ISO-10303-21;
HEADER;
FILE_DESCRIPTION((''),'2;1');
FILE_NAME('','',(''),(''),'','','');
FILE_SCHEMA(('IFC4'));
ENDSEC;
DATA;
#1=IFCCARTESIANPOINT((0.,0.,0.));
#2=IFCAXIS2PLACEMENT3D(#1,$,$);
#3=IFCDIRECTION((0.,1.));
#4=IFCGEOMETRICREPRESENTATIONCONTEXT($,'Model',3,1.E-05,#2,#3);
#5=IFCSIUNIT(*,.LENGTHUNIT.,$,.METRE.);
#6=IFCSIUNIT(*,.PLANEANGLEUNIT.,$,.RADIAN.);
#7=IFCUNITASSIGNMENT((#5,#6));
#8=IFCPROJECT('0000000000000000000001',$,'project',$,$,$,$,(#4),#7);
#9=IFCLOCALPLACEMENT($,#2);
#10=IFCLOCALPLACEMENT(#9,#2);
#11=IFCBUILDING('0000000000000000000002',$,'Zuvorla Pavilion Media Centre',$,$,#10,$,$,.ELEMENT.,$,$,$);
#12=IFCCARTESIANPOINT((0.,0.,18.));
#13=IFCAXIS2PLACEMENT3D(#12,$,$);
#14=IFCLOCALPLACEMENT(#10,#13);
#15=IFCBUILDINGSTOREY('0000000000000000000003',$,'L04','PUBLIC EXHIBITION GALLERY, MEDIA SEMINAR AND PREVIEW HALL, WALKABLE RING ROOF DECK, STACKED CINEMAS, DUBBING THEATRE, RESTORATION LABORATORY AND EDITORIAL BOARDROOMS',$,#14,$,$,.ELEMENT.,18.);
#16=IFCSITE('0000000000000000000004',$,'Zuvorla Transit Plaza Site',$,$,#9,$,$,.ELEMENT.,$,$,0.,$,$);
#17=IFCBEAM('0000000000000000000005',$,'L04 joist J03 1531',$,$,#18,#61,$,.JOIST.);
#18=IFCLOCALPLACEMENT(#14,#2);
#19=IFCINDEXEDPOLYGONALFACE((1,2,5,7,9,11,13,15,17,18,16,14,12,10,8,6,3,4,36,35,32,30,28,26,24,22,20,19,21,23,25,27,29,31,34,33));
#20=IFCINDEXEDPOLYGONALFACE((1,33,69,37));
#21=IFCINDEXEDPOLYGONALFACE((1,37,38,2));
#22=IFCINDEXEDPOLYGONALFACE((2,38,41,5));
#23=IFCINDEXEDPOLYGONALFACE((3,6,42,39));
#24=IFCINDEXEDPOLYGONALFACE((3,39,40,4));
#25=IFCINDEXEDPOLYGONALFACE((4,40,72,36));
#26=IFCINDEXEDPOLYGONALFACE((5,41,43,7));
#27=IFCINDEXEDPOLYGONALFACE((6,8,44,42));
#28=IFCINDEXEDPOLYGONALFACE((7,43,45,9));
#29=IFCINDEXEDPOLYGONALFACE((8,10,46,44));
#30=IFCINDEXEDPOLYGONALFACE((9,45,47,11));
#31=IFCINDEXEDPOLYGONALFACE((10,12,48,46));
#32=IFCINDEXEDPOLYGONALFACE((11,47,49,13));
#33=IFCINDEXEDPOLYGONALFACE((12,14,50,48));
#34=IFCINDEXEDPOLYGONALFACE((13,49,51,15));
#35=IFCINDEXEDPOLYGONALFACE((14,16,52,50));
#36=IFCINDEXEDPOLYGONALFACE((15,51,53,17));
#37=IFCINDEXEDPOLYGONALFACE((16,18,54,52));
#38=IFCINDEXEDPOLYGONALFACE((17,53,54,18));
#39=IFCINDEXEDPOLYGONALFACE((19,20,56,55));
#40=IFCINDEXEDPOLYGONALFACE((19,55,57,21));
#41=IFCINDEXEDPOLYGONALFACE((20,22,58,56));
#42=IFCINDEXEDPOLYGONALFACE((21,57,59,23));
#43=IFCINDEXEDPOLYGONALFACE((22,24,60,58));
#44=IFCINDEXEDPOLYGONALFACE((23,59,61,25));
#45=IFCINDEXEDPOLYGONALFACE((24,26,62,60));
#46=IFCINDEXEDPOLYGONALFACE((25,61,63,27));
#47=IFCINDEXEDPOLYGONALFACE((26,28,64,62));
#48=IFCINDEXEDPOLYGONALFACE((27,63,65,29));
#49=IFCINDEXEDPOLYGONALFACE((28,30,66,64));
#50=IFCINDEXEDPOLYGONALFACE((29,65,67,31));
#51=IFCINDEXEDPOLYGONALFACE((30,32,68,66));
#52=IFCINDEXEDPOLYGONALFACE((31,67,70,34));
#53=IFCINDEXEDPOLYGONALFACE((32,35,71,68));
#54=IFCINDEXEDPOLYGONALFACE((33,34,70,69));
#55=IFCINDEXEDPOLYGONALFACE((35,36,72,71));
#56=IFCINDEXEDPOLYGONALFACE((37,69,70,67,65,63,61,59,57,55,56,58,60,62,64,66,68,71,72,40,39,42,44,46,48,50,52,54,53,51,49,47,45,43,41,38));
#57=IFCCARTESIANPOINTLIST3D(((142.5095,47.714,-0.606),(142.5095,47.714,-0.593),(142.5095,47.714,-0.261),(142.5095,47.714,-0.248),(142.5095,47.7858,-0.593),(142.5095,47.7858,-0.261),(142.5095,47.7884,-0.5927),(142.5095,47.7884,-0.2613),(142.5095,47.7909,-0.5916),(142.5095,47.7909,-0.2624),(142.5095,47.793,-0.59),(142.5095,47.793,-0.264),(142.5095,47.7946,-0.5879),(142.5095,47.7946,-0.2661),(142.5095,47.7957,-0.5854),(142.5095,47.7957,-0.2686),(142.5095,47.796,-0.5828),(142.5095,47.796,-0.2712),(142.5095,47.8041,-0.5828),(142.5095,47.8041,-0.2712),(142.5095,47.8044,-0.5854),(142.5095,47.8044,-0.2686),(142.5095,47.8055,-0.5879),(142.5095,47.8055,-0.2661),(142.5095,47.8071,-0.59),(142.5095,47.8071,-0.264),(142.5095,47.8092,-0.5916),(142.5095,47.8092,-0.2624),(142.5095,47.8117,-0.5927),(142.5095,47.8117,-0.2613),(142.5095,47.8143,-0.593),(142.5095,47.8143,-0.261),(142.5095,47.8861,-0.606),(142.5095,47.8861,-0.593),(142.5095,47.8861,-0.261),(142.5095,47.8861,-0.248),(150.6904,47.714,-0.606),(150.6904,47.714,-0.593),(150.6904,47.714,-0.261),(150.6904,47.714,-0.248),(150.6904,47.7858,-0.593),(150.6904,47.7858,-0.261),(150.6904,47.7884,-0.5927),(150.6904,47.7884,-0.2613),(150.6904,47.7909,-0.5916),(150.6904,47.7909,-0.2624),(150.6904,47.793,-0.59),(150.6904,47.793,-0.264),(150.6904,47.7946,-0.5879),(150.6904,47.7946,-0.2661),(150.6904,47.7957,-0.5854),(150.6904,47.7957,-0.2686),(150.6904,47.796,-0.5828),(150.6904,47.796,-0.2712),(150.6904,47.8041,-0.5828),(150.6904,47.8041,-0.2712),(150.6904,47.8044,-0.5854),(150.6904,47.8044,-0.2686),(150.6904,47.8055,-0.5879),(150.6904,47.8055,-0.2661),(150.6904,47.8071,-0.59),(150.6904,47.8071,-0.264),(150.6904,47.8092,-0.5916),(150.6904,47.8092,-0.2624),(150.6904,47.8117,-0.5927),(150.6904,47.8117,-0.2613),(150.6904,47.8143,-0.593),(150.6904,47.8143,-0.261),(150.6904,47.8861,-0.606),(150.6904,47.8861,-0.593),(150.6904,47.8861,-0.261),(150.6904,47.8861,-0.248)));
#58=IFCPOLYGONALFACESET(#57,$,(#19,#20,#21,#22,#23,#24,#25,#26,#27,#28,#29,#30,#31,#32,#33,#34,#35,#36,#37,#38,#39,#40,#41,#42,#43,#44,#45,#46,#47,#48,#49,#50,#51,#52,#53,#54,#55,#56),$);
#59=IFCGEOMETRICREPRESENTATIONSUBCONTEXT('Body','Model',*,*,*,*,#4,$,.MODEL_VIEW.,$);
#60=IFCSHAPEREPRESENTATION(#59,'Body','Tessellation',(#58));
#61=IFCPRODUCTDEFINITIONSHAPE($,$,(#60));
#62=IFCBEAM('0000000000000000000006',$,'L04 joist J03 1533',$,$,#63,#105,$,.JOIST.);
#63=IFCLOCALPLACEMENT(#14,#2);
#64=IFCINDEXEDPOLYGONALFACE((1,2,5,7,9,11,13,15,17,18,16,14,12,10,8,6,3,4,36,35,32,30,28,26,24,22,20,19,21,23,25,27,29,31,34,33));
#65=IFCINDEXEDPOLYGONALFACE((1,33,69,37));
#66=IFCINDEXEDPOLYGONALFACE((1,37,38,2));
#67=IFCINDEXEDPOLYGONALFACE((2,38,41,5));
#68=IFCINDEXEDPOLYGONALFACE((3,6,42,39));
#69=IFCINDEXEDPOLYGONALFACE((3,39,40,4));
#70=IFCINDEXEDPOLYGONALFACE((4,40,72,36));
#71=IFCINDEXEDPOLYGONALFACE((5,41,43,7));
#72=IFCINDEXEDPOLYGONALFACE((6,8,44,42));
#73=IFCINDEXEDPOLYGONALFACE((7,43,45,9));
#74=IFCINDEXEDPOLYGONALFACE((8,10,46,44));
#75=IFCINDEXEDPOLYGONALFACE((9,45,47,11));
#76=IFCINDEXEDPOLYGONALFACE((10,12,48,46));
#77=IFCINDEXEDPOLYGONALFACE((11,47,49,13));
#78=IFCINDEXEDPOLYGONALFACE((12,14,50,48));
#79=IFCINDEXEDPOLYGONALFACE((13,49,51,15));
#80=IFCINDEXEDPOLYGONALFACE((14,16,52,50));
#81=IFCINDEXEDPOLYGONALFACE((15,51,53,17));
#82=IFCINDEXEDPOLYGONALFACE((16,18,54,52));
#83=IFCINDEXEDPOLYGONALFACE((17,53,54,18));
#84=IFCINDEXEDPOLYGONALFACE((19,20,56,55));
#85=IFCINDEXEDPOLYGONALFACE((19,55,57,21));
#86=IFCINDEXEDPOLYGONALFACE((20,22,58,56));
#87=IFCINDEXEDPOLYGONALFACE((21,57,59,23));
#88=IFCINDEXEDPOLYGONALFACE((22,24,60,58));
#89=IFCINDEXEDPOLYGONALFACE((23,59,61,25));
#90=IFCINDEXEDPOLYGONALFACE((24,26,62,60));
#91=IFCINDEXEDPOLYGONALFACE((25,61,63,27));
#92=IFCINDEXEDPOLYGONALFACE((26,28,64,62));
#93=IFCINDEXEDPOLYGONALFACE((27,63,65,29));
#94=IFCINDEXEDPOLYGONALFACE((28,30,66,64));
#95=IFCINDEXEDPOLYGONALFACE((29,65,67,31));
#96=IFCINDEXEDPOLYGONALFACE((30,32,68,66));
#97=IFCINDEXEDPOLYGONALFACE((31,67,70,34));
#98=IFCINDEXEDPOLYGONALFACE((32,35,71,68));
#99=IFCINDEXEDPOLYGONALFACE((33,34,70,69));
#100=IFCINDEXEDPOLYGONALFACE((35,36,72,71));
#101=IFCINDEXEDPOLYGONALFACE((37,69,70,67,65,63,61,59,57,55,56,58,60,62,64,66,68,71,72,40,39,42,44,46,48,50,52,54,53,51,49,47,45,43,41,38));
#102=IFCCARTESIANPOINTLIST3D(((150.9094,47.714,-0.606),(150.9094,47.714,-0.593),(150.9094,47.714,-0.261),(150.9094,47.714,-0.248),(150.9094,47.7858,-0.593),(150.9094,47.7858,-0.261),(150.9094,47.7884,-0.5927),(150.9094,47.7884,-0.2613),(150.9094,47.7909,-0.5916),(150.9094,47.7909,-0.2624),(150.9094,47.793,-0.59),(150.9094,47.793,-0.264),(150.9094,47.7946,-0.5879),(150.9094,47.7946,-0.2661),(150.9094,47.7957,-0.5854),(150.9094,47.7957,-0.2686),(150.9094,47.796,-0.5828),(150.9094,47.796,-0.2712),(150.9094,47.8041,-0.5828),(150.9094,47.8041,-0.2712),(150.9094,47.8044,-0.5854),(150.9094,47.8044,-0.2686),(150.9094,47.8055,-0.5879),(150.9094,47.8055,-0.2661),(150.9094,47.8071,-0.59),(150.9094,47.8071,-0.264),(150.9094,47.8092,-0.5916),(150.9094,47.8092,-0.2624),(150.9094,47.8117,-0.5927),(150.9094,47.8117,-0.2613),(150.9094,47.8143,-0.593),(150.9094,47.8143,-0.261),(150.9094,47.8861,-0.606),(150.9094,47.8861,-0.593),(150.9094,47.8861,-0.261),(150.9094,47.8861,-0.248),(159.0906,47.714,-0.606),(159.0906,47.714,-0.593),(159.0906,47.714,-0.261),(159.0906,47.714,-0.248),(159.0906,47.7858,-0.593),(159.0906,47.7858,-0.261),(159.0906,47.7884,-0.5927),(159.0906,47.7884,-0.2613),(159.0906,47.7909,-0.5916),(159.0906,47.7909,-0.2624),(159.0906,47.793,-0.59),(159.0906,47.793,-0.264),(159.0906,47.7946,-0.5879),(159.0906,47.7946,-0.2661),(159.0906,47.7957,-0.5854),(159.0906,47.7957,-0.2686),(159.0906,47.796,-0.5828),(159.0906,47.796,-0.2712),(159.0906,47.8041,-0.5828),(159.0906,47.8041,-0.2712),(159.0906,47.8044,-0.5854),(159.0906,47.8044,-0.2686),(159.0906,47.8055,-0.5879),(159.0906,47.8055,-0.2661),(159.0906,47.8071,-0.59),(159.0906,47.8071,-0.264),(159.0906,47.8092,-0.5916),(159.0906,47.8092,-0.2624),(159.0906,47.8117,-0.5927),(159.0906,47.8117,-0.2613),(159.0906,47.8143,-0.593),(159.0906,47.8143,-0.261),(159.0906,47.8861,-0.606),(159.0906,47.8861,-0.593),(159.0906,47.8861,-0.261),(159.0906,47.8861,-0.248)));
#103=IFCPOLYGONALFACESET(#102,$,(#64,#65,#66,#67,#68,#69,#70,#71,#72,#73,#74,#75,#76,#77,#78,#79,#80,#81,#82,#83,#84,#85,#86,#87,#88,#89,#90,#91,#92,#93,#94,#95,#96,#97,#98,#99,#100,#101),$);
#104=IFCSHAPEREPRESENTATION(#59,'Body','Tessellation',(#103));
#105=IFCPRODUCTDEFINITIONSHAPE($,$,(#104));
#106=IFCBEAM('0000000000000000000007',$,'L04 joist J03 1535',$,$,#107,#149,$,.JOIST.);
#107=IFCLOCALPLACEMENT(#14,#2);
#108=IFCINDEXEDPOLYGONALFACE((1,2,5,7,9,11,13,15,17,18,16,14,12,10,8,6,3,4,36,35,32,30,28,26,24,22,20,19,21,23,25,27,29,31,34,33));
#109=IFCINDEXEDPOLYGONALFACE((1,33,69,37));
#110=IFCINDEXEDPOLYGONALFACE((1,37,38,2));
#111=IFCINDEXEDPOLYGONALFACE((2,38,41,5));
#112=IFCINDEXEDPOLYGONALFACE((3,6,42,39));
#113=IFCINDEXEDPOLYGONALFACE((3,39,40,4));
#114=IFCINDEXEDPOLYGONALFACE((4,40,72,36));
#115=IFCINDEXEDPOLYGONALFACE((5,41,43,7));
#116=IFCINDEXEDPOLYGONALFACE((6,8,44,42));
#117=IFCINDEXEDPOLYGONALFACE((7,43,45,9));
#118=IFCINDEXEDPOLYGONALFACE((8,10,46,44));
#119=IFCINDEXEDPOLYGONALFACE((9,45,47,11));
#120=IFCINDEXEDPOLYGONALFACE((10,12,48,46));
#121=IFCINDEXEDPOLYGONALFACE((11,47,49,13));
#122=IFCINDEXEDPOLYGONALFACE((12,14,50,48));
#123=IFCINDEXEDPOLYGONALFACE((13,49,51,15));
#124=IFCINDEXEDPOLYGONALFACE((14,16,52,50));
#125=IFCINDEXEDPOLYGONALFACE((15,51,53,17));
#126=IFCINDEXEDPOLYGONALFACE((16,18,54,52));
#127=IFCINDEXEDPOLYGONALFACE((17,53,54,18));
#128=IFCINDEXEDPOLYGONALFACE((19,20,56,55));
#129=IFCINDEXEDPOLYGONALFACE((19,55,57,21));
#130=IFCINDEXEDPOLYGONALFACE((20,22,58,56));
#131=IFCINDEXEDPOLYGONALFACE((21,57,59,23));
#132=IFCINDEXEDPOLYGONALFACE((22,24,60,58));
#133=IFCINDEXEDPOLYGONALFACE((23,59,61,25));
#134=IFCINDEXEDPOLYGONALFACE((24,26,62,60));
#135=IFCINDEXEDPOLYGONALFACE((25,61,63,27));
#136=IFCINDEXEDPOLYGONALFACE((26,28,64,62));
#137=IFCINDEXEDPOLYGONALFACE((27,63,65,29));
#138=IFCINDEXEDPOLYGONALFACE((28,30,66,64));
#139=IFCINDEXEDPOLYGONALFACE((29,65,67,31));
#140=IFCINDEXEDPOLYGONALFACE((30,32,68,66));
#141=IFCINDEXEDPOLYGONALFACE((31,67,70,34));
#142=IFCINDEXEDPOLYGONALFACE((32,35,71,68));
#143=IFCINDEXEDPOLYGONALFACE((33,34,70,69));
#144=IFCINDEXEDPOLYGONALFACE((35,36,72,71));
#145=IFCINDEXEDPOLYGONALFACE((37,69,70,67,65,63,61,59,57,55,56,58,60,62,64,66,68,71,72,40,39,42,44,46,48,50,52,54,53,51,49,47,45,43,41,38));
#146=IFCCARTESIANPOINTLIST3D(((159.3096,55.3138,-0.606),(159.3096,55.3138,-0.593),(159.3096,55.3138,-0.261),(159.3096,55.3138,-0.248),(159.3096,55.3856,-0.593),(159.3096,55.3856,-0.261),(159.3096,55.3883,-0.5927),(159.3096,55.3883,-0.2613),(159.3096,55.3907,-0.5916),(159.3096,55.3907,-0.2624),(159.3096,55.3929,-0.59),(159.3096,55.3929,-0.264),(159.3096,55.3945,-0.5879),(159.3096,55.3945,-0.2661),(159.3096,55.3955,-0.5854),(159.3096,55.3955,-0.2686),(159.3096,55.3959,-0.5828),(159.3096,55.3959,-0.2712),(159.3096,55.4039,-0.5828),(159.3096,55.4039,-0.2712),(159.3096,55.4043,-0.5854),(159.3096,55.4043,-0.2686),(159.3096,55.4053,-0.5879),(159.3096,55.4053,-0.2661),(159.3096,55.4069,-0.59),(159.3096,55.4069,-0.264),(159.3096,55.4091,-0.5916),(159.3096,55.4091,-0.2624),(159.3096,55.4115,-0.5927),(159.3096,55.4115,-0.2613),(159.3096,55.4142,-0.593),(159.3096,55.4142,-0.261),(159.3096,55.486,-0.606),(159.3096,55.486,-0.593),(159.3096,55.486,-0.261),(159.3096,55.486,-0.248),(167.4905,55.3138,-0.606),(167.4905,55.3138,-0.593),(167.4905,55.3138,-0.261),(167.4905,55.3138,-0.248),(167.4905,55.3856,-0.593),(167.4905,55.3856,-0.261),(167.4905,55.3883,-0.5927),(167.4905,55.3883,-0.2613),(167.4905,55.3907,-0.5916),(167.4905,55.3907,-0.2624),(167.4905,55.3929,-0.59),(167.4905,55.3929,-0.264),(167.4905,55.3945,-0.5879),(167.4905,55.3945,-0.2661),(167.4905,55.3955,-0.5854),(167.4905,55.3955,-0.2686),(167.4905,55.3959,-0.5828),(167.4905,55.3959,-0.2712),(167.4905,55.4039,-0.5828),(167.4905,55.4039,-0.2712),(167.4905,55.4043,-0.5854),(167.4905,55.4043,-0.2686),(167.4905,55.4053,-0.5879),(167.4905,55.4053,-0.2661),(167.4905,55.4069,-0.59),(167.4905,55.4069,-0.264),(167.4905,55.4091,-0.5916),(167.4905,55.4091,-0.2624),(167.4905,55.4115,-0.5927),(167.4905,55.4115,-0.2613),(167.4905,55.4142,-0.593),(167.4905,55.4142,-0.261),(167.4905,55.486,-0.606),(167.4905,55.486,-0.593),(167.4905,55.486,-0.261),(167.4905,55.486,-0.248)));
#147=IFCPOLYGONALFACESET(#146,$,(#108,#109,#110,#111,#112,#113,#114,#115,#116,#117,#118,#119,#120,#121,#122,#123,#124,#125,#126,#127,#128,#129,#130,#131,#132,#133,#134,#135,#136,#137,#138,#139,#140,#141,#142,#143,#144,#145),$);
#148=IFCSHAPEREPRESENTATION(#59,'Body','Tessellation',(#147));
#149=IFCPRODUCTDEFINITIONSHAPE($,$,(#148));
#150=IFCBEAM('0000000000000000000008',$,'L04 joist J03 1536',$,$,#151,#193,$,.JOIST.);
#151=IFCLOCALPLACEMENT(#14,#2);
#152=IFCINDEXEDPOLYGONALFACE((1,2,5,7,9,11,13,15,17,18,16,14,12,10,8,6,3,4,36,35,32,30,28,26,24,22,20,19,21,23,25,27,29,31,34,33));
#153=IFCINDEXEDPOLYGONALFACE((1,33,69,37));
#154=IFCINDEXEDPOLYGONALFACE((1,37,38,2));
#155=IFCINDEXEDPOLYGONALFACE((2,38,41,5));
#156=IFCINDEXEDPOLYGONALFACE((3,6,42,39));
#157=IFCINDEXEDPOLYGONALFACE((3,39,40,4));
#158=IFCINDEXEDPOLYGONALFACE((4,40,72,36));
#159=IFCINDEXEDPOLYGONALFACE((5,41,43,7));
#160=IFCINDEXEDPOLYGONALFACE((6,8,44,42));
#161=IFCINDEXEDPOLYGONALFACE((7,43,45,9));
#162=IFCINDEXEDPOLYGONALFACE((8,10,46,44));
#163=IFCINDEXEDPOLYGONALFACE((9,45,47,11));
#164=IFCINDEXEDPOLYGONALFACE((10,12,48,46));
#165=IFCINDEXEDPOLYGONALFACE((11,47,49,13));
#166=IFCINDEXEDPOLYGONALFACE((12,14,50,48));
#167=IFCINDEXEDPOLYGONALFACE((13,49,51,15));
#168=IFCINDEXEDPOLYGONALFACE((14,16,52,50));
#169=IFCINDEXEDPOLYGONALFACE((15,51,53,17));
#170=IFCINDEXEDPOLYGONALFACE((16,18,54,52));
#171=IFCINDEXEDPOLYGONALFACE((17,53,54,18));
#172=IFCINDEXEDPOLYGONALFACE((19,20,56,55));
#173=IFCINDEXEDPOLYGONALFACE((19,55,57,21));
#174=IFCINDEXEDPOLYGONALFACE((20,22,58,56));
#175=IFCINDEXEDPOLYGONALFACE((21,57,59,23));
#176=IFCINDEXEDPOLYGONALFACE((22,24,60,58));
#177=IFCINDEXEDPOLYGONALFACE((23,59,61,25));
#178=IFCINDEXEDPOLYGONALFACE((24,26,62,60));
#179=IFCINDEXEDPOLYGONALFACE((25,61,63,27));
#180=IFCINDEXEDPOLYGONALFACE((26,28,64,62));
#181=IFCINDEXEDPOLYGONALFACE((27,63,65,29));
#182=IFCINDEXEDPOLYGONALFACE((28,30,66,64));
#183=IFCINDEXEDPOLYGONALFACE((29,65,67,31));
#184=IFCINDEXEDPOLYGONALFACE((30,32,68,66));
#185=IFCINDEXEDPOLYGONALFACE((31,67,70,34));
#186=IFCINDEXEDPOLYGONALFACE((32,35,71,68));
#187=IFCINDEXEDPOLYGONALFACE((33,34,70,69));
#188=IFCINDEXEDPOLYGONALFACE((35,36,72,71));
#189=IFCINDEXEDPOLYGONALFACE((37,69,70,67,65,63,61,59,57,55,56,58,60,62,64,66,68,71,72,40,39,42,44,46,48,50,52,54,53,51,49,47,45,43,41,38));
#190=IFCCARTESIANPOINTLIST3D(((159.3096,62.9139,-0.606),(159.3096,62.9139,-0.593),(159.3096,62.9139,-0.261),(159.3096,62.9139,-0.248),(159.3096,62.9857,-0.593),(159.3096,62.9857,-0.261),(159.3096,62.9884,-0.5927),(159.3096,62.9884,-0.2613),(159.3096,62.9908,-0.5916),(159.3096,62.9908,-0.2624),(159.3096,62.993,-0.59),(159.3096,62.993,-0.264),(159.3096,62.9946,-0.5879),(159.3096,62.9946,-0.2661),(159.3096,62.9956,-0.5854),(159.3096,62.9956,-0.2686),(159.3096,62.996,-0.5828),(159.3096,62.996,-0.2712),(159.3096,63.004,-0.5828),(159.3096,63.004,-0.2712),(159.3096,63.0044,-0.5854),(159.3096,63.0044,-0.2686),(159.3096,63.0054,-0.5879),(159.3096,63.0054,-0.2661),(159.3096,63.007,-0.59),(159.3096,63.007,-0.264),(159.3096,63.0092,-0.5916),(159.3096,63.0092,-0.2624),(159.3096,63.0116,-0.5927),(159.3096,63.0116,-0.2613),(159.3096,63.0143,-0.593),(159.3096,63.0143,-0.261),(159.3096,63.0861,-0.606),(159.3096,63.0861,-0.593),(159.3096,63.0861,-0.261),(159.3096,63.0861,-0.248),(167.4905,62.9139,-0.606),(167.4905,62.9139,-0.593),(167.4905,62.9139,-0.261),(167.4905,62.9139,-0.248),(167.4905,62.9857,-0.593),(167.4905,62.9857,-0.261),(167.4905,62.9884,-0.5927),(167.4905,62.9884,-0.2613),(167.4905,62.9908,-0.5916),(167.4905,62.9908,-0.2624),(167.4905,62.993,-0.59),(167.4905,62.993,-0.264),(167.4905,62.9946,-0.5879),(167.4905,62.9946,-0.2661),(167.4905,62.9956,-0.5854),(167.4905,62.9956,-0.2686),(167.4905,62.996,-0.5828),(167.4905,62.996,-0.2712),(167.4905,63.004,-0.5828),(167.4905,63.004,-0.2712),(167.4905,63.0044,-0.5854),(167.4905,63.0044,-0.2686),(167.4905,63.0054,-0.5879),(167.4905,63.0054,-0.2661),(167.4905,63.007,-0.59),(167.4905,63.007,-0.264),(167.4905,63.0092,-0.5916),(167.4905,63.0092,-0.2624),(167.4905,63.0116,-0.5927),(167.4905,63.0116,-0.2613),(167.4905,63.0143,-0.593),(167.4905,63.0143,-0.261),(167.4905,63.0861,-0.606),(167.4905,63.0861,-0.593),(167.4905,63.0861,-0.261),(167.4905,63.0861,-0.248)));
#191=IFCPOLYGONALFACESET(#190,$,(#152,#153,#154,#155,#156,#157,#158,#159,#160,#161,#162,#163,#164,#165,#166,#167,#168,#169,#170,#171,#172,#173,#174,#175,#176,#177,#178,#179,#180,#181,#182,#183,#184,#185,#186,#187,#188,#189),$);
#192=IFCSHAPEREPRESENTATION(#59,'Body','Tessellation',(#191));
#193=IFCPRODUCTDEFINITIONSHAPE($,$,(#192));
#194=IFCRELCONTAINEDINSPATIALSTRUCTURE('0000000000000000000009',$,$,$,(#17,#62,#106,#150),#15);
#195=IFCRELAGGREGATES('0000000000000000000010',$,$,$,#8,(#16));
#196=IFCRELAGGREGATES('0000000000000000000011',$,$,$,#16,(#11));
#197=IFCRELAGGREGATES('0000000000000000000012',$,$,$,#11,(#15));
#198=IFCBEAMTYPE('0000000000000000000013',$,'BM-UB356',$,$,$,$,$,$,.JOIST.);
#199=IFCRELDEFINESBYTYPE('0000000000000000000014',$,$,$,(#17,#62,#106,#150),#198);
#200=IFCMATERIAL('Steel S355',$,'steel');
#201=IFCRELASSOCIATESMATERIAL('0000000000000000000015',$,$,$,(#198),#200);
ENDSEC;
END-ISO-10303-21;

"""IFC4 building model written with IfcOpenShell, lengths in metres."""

from ifc_helpers import new_model, si_unit, direction, frame, origin, origin_2d, place, context, subcontext, project, spatial, i_section, extrude, material, material_profile, profile_set, type_object, element, save


model = new_model("IFC4")

# Units and contexts
model_context = context("Model", 3, precision=1e-05, world=origin(), true_north=direction((0.0, 1.0)))
body_context = subcontext(model_context, "Body", "Model", "MODEL_VIEW")
ifc_project = project(units=[si_unit("LENGTHUNIT", "METRE"), si_unit("PLANEANGLEUNIT", "RADIAN")], contexts=[model_context])

# Site, building, storey
site_placement = place(None, origin())
site = spatial("IfcSite", under=ifc_project, at=site_placement, Name="Zuvorla Transit Plaza Site", CompositionType="ELEMENT", RefElevation=0.0)
building_placement = place(site_placement, origin())
building = spatial("IfcBuilding", under=site, at=building_placement, Name="Zuvorla Pavilion Media Centre", CompositionType="ELEMENT")
storey_placement = place(building_placement, frame((0.0, 0.0, 18.0)))
storey = spatial("IfcBuildingStorey", under=building, at=storey_placement, Name="L04", Description="PUBLIC EXHIBITION GALLERY, MEDIA SEMINAR AND PREVIEW HALL, WALKABLE RING ROOF DECK, STACKED CINEMAS, DUBBING THEATRE, RESTORATION LABORATORY AND EDITORIAL BOARDROOMS", CompositionType="ELEMENT", Elevation=18.0)

# Beams
ifc_material = material(Name="Steel S355", Category="steel")
ifc_material_profile_1 = material_profile(ifc_material, i_section(OverallWidth=0.1721, OverallDepth=0.3579, WebThickness=0.0081, FlangeThickness=0.0129, FilletRadius=0.0103, at=origin_2d()), Name="UB 356x171x57")
ifc_profile_set_1 = profile_set([ifc_material_profile_1], Name="Steel S355")
beam_type_1 = type_object("IfcBeamType", Name="BM-UB356", PredefinedType="JOIST", material=ifc_profile_set_1)
beam_1_placement = place(storey_placement, frame((142.5095, 47.8, -0.427), z_axis=(1.0, 0.0, 0.0), x_axis=(0.0, 1.0, 0.0)))
element("IfcBeam", 1, at=beam_1_placement, inside=storey, type_object=beam_type_1, Name="L04 joist J03 1531", PredefinedType="JOIST", context=body_context, shape_type="SweptSolid", body=[
    extrude(i_section(OverallWidth=0.1721, OverallDepth=0.3579, WebThickness=0.0081, FlangeThickness=0.0129, FilletRadius=0.0103, at=origin_2d()), origin(), (0.0, 0.0, 1.0), 8.1809),
])
beam_2_placement = place(storey_placement, frame((150.9094, 47.8, -0.427), z_axis=(1.0, 0.0, 0.0), x_axis=(0.0, 1.0, 0.0)))
element("IfcBeam", 2, at=beam_2_placement, inside=storey, type_object=beam_type_1, Name="L04 joist J03 1533", PredefinedType="JOIST", context=body_context, shape_type="SweptSolid", body=[
    extrude(i_section(OverallWidth=0.1721, OverallDepth=0.3579, WebThickness=0.0081, FlangeThickness=0.0129, FilletRadius=0.0103, at=origin_2d()), origin(), (0.0, 0.0, 1.0), 8.1812),
])
for number, where, z_axis, x_axis, name in (
    (3, (159.3096, 55.3999, -0.427), (1.0, 0.0, 0.0), (0.0, 1.0, 0.0), "L04 joist J03 1535"),
    (4, (159.3096, 63.0, -0.427), (1.0, 0.0, 0.0), (0.0, 1.0, 0.0), "L04 joist J03 1536"),
):
    element("IfcBeam", number, at=place(storey_placement, frame(where, z_axis=z_axis, x_axis=x_axis)), inside=storey, type_object=beam_type_1, Name=name, PredefinedType="JOIST", context=body_context, shape_type="SweptSolid", body=[
        extrude(i_section(OverallWidth=0.1721, OverallDepth=0.3579, WebThickness=0.0081, FlangeThickness=0.0129, FilletRadius=0.0103, at=origin_2d()), origin(), (0.0, 0.0, 1.0), 8.1809),
    ])

save(model, "model.ifc")
